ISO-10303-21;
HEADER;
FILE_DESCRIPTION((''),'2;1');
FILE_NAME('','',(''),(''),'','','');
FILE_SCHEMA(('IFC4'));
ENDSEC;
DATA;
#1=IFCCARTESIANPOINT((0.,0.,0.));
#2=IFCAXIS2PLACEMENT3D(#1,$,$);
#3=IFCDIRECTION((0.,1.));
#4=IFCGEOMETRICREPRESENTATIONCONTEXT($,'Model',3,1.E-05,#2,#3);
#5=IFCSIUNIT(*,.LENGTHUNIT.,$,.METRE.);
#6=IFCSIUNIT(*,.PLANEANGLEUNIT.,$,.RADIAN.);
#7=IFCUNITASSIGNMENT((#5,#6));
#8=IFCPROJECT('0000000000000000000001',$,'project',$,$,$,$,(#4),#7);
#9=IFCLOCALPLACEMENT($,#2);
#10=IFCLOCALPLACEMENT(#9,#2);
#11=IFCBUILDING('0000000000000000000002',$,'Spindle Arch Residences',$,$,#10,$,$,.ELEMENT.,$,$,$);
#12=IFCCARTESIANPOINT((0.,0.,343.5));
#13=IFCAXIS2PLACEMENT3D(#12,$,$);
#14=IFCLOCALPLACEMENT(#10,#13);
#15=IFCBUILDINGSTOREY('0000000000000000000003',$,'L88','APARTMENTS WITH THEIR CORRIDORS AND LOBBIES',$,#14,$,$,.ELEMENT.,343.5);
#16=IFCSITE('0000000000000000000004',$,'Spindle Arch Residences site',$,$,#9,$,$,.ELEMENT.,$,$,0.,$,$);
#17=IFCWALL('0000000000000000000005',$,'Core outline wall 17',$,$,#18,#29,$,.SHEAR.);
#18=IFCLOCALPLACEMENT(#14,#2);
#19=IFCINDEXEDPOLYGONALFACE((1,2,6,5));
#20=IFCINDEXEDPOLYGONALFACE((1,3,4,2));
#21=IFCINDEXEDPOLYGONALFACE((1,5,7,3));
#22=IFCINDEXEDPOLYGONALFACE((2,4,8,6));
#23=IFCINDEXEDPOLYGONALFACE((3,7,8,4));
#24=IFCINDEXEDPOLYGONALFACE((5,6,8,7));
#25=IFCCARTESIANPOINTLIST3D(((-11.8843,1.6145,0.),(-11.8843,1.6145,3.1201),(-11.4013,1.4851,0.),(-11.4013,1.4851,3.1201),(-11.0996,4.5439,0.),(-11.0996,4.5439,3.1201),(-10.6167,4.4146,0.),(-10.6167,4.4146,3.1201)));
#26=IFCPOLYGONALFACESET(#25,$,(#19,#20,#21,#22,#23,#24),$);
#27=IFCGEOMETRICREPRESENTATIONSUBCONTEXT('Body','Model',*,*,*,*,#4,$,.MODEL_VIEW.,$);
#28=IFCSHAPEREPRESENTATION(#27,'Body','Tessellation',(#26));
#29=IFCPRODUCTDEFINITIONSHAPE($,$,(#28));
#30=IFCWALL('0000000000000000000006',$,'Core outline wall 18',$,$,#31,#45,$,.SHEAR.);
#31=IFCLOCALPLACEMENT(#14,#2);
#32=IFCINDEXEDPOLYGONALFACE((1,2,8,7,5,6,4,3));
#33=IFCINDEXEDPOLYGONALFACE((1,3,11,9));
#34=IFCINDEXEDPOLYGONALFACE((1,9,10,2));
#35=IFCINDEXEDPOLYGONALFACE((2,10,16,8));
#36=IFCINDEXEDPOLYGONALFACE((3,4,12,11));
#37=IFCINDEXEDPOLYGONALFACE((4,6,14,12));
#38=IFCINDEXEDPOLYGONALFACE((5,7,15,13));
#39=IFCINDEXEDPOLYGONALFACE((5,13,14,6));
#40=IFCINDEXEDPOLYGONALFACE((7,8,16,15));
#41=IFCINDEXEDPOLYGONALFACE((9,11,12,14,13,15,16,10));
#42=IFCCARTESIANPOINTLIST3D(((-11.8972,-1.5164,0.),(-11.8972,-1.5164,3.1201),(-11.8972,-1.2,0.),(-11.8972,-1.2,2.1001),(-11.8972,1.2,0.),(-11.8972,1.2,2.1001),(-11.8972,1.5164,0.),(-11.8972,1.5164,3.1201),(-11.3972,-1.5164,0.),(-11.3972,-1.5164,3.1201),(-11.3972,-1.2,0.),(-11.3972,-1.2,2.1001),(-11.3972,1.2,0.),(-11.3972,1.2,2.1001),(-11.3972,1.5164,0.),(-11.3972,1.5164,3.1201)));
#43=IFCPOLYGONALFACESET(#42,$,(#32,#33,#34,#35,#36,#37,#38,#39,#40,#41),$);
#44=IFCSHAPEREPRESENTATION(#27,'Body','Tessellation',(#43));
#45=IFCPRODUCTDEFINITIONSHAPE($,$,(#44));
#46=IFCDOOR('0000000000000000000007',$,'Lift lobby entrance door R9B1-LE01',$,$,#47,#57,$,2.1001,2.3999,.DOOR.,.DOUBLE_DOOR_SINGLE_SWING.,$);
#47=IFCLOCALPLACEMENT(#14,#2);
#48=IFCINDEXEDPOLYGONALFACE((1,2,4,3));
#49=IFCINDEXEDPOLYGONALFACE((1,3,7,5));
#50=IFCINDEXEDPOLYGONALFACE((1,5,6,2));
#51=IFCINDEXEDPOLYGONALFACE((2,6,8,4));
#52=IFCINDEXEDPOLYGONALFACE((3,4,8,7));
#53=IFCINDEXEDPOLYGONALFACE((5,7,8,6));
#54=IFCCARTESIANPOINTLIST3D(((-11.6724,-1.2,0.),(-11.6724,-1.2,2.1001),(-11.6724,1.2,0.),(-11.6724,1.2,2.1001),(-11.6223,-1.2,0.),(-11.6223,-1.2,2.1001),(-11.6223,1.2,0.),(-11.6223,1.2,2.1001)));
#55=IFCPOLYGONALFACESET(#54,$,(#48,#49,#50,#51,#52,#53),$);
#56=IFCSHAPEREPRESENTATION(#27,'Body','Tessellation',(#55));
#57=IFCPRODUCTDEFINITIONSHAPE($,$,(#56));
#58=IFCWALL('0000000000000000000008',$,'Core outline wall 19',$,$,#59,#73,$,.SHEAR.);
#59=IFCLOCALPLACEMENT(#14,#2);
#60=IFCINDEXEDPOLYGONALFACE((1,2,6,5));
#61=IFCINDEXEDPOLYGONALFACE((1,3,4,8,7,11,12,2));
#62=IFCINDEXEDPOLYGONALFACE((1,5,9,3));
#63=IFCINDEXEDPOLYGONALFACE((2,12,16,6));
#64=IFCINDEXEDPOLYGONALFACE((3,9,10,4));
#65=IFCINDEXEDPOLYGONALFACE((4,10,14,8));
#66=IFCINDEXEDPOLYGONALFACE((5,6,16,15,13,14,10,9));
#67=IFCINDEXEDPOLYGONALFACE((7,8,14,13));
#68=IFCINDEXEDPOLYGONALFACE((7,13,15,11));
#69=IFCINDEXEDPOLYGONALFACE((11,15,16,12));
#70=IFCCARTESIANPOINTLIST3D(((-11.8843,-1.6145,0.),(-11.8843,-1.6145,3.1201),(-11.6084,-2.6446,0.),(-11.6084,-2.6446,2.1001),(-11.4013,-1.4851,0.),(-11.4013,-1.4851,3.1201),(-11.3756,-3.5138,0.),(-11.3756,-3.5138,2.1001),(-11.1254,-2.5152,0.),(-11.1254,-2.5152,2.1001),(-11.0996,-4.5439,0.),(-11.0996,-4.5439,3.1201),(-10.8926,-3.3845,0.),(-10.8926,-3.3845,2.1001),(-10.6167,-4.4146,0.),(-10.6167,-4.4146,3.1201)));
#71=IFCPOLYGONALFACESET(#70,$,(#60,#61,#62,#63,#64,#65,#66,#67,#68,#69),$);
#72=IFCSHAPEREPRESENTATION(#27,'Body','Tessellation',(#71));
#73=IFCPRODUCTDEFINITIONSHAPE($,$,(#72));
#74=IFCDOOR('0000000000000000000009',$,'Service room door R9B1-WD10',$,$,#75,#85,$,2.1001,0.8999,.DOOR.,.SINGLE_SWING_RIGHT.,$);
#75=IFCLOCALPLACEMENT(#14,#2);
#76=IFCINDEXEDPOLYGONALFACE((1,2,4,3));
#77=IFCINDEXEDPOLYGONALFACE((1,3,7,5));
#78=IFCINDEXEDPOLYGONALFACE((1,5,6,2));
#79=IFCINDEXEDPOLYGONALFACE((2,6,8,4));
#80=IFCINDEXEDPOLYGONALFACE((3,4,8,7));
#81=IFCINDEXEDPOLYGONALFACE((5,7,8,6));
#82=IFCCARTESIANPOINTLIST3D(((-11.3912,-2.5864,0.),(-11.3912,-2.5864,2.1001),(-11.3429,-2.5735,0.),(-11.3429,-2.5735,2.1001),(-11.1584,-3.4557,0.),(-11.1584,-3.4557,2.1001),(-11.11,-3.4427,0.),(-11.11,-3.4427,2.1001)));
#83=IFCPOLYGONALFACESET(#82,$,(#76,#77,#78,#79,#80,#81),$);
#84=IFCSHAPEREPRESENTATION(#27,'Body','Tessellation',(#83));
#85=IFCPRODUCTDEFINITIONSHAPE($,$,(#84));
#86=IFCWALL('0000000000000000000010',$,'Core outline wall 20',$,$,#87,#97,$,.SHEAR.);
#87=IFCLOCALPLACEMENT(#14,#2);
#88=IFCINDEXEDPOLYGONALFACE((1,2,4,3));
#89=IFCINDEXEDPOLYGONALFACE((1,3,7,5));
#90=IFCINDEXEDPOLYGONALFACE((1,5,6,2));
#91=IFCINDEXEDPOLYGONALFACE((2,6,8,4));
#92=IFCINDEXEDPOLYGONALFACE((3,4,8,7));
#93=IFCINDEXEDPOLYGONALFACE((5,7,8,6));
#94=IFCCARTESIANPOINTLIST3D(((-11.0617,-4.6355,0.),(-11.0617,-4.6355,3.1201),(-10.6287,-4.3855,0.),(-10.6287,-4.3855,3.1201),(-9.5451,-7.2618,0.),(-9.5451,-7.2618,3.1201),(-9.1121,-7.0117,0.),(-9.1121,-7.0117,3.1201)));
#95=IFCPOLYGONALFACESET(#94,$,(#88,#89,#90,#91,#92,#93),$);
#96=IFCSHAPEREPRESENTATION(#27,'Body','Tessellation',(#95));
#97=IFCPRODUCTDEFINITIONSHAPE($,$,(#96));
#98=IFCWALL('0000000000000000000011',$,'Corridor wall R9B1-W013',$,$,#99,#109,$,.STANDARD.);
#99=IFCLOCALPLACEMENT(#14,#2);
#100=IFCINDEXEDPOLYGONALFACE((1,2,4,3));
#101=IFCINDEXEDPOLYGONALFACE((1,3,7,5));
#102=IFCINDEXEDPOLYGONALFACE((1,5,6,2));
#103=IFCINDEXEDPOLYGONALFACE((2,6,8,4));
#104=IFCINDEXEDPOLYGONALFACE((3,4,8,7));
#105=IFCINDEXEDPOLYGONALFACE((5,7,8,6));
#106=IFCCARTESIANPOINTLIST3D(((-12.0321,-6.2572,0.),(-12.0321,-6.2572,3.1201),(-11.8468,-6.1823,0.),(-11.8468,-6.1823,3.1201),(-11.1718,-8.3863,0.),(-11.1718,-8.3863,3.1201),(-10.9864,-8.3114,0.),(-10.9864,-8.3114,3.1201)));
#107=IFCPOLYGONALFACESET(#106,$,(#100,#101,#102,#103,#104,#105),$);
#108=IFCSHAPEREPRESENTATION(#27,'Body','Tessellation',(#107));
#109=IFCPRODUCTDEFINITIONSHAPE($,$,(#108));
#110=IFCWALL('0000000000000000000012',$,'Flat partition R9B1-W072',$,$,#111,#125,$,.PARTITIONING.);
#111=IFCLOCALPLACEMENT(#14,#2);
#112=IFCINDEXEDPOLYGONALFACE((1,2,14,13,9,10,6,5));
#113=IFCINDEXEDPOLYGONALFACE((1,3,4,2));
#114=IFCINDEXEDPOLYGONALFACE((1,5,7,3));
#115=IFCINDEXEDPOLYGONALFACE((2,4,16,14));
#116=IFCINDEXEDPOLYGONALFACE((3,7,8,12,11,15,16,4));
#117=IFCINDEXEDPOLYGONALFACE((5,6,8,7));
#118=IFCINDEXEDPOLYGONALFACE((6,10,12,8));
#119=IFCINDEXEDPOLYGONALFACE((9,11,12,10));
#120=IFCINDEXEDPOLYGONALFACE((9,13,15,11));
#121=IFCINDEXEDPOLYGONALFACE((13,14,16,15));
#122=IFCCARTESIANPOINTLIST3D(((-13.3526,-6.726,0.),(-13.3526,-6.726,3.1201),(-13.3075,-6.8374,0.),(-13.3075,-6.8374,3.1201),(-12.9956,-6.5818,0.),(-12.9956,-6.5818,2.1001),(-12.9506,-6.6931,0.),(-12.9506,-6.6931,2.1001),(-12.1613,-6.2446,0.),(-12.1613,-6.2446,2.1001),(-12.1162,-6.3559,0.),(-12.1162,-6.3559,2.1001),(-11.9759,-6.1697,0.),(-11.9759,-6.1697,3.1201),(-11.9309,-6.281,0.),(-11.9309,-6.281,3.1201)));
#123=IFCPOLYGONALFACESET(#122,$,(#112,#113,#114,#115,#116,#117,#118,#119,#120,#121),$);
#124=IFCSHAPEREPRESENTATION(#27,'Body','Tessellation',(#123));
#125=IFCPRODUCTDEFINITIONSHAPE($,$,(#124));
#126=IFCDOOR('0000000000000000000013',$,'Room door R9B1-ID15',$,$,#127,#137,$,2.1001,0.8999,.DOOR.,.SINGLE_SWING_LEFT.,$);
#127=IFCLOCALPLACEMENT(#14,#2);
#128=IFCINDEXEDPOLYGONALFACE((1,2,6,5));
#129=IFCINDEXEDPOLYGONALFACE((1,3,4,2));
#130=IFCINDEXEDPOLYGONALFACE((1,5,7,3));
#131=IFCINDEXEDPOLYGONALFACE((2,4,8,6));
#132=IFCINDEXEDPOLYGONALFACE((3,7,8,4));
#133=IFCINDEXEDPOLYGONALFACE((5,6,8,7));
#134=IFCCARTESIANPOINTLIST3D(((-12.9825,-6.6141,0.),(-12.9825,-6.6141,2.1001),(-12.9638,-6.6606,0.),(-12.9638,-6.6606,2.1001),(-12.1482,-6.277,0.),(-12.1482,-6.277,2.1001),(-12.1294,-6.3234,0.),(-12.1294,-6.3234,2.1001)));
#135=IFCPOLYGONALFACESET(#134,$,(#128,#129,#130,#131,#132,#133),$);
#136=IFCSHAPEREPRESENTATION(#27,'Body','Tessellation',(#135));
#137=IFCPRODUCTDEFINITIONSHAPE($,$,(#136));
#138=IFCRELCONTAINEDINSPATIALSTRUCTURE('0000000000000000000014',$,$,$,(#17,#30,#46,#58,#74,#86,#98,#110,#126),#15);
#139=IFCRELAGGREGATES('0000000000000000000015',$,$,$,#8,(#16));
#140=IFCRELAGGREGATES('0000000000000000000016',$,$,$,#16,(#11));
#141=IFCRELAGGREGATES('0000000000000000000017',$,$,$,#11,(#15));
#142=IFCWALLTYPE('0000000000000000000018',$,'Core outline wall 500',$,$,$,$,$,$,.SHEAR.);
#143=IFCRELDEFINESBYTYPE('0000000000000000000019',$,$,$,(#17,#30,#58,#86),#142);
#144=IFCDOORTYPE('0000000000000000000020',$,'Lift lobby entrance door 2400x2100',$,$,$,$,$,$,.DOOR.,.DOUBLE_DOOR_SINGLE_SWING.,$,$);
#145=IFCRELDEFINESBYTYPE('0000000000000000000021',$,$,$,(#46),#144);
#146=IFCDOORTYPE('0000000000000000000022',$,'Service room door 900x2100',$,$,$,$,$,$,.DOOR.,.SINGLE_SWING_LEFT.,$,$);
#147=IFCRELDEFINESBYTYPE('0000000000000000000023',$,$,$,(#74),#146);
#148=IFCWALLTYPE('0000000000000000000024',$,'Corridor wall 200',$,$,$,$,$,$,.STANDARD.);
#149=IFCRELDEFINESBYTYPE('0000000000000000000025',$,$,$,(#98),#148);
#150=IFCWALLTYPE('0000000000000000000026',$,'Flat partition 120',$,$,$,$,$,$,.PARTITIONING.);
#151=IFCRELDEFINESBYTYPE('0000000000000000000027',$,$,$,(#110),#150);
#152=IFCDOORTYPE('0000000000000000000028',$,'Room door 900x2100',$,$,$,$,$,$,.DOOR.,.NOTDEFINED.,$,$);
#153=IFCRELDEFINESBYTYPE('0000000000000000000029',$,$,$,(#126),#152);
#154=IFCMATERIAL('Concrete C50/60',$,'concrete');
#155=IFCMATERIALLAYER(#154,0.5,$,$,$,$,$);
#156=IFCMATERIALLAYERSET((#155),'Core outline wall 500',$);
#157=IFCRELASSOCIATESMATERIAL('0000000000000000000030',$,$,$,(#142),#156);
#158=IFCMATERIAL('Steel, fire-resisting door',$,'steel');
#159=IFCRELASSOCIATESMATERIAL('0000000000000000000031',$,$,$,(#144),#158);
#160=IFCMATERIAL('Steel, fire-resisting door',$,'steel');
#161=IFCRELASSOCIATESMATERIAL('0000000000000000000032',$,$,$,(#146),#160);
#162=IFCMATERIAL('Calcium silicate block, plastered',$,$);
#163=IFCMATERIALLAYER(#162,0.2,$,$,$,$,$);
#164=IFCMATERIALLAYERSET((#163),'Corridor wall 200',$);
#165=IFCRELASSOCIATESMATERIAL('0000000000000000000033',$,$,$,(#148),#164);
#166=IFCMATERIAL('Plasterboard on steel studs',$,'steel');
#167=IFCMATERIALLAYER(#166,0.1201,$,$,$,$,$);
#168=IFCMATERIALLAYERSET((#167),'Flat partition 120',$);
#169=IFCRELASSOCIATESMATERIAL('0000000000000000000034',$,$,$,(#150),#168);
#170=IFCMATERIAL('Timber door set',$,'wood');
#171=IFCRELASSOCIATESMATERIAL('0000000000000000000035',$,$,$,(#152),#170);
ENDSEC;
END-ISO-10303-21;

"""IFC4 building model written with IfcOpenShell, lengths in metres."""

from ifc_helpers import new_model, si_unit, direction, frame, frame_2d, origin, place, context, subcontext, project, spatial, rectangle, extrude, material, layer, layer_set, type_object, element, fill, save


model = new_model("IFC4")

# Units and contexts
model_context = context("Model", 3, precision=1e-05, world=origin(), true_north=direction((0.0, 1.0)))
body_context = subcontext(model_context, "Body", "Model", "MODEL_VIEW")
ifc_project = project(units=[si_unit("LENGTHUNIT", "METRE"), si_unit("PLANEANGLEUNIT", "RADIAN")], contexts=[model_context])

# Site, building, storey
site_placement = place(None, origin())
site = spatial("IfcSite", under=ifc_project, at=site_placement, Name="Spindle Arch Residences site", CompositionType="ELEMENT", RefElevation=0.0)
building_placement = place(site_placement, origin())
building = spatial("IfcBuilding", under=site, at=building_placement, Name="Spindle Arch Residences", CompositionType="ELEMENT")
storey_placement = place(building_placement, frame((0.0, 0.0, 343.5)))
storey = spatial("IfcBuildingStorey", under=building, at=storey_placement, Name="L88", Description="APARTMENTS WITH THEIR CORRIDORS AND LOBBIES", CompositionType="ELEMENT", Elevation=343.5)

# Wall
ifc_material_1 = material(Name="Concrete C50/60", Category="concrete")
ifc_layer_1 = layer(ifc_material_1, 0.5)
ifc_layer_set_1 = layer_set([ifc_layer_1], Name="Core outline wall 500")
wall_type_1 = type_object("IfcWallType", Name="Core outline wall 500", PredefinedType="SHEAR", material=ifc_layer_set_1)
wall_1_placement = place(storey_placement, frame((-10.8582, 4.4792, 0.0), z_axis=(0.0, 0.0, 1.0), x_axis=(-0.258735, -0.965948, 0.0)))
element("IfcWall", 1, at=wall_1_placement, inside=storey, type_object=wall_type_1, Name="Core outline wall 17", PredefinedType="SHEAR", context=body_context, shape_type="SweptSolid", body=[
    extrude(rectangle(XDim=3.0327, YDim=0.5, at=frame_2d((1.5164, 0.0))), origin(), (0.0, 0.0, 1.0), 3.1201),
])

# Walls, openings, doors
wall_2_placement = place(storey_placement, frame((-11.6472, 1.5164, 0.0), z_axis=(0.0, 0.0, 1.0), x_axis=(0.0, -1.0, 0.0)))
wall_2 = element("IfcWall", 2, at=wall_2_placement, inside=storey, type_object=wall_type_1, Name="Core outline wall 18", PredefinedType="SHEAR", context=body_context, shape_type="SweptSolid", body=[
    extrude(rectangle(XDim=3.0327, YDim=0.5, at=frame_2d((1.5164, 0.0))), origin(), (0.0, 0.0, 1.0), 3.1201),
])
opening_1_placement = place(wall_2_placement, frame((0.3164, 0.0, 0.0)))
opening_1 = element("IfcOpeningElement", 3, at=opening_1_placement, cuts=wall_2, PredefinedType="OPENING", context=body_context, shape_type="SweptSolid", body=[
    extrude(rectangle(XDim=2.3999, YDim=2.1001, at=frame_2d((1.2, 1.05))), frame((0.0, 0.26, 0.0), z_axis=(0.0, -1.0, 0.0), x_axis=(1.0, 0.0, 0.0)), (0.0, 0.0, 1.0), 0.52),
])
ifc_material_2 = material(Name="Steel, fire-resisting door", Category="steel")
door_type_1 = type_object("IfcDoorType", Name="Lift lobby entrance door 2400x2100", OperationType="DOUBLE_DOOR_SINGLE_SWING", PredefinedType="DOOR", material=ifc_material_2)
door_1_placement = place(opening_1_placement, origin())
door_1 = element("IfcDoor", 4, at=door_1_placement, inside=storey, type_object=door_type_1, Name="Lift lobby entrance door R9B1-LE01", OperationType="DOUBLE_DOOR_SINGLE_SWING", OverallHeight=2.1001, OverallWidth=2.3999, PredefinedType="DOOR", context=body_context, shape_type="SweptSolid", body=[
    extrude(rectangle(XDim=2.3999, YDim=2.1001, at=frame_2d((1.2, 1.05))), frame((0.0, 0.0249, 0.0), z_axis=(0.0, -1.0, 0.0), x_axis=(1.0, 0.0, 0.0)), (0.0, 0.0, 1.0), 0.05),
])
fill(opening_1, door_1)
wall_3_placement = place(storey_placement, frame((-11.6428, -1.5498, 0.0), z_axis=(0.0, 0.0, 1.0), x_axis=(0.258735, -0.965948, 0.0)))
wall_3 = element("IfcWall", 5, at=wall_3_placement, inside=storey, type_object=wall_type_1, Name="Core outline wall 19", PredefinedType="SHEAR", context=body_context, shape_type="SweptSolid", body=[
    extrude(rectangle(XDim=3.0327, YDim=0.5, at=frame_2d((1.5164, 0.0))), origin(), (0.0, 0.0, 1.0), 3.1201),
])
opening_2_placement = place(wall_3_placement, frame((1.0664, 0.0, 0.0)))
opening_2 = element("IfcOpeningElement", 6, at=opening_2_placement, cuts=wall_3, PredefinedType="OPENING", context=body_context, shape_type="SweptSolid", body=[
    extrude(rectangle(XDim=0.8999, YDim=2.1001, at=frame_2d((0.45, 1.05))), frame((0.0, 0.26, 0.0), z_axis=(0.0, -1.0, 0.0), x_axis=(1.0, 0.0, 0.0)), (0.0, 0.0, 1.0), 0.52),
])
ifc_material_3 = material(Name="Steel, fire-resisting door", Category="steel")
door_type_2 = type_object("IfcDoorType", Name="Service room door 900x2100", OperationType="SINGLE_SWING_LEFT", PredefinedType="DOOR", material=ifc_material_3)
door_2_placement = place(opening_2_placement, origin())
door_2 = element("IfcDoor", 7, at=door_2_placement, inside=storey, type_object=door_type_2, Name="Service room door R9B1-WD10", OperationType="SINGLE_SWING_RIGHT", OverallHeight=2.1001, OverallWidth=0.8999, PredefinedType="DOOR", context=body_context, shape_type="SweptSolid", body=[
    extrude(rectangle(XDim=0.8999, YDim=2.1001, at=frame_2d((0.45, 1.05))), frame((0.0, 0.0249, 0.0), z_axis=(0.0, -1.0, 0.0), x_axis=(1.0, 0.0, 0.0)), (0.0, 0.0, 1.0), 0.05),
])
fill(opening_2, door_2)

# Walls
wall_4_placement = place(storey_placement, frame((-10.8452, -4.5105, 0.0), z_axis=(0.0, 0.0, 1.0), x_axis=(0.500087, -0.865975, 0.0)))
element("IfcWall", 8, at=wall_4_placement, inside=storey, type_object=wall_type_1, Name="Core outline wall 20", PredefinedType="SHEAR", context=body_context, shape_type="SweptSolid", body=[
    extrude(rectangle(XDim=3.0327, YDim=0.5, at=frame_2d((1.5164, 0.0))), origin(), (0.0, 0.0, 1.0), 3.1201),
])
ifc_material_4 = material(Name="Calcium silicate block, plastered")
ifc_layer_2 = layer(ifc_material_4, 0.2)
ifc_layer_set_2 = layer_set([ifc_layer_2], Name="Corridor wall 200")
wall_type_2 = type_object("IfcWallType", Name="Corridor wall 200", PredefinedType="STANDARD", material=ifc_layer_set_2)
wall_5_placement = place(storey_placement, frame((-11.9395, -6.2197, 0.0), z_axis=(0.0, 0.0, 1.0), x_axis=(0.374651, -0.927166, 0.0)))
element("IfcWall", 9, at=wall_5_placement, inside=storey, type_object=wall_type_2, Name="Corridor wall R9B1-W013", PredefinedType="STANDARD", context=body_context, shape_type="SweptSolid", body=[
    extrude(rectangle(XDim=2.2964, YDim=0.2, at=frame_2d((1.1482, 0.0))), origin(), (0.0, 0.0, 1.0), 3.1201),
])

# Wall, opening, door
ifc_material_5 = material(Name="Plasterboard on steel studs", Category="steel")
ifc_layer_3 = layer(ifc_material_5, 0.1201)
ifc_layer_set_3 = layer_set([ifc_layer_3], Name="Flat partition 120")
wall_type_3 = type_object("IfcWallType", Name="Flat partition 120", PredefinedType="PARTITIONING", material=ifc_layer_set_3)
wall_6_placement = place(storey_placement, frame((-11.9534, -6.2253, 0.0), z_axis=(0.0, 0.0, 1.0), x_axis=(-0.927144, -0.374705, 0.0)))
wall_6 = element("IfcWall", 10, at=wall_6_placement, inside=storey, type_object=wall_type_3, Name="Flat partition R9B1-W072", PredefinedType="PARTITIONING", context=body_context, shape_type="SweptSolid", body=[
    extrude(rectangle(XDim=1.4849, YDim=0.1201, at=frame_2d((0.7424, 0.0))), origin(), (0.0, 0.0, 1.0), 3.1201),
])
opening_3_placement = place(wall_6_placement, frame((0.2, 0.0, 0.0)))
opening_3 = element("IfcOpeningElement", 11, at=opening_3_placement, cuts=wall_6, PredefinedType="OPENING", context=body_context, shape_type="SweptSolid", body=[
    extrude(rectangle(XDim=0.8999, YDim=2.1001, at=frame_2d((0.45, 1.05))), frame((0.0, 0.0701, 0.0), z_axis=(0.0, -1.0, 0.0), x_axis=(1.0, 0.0, 0.0)), (0.0, 0.0, 1.0), 0.1401),
])
ifc_material_6 = material(Name="Timber door set", Category="wood")
door_type_3 = type_object("IfcDoorType", Name="Room door 900x2100", OperationType="NOTDEFINED", PredefinedType="DOOR", material=ifc_material_6)
door_3_placement = place(opening_3_placement, origin())
door_3 = element("IfcDoor", 12, at=door_3_placement, inside=storey, type_object=door_type_3, Name="Room door R9B1-ID15", OperationType="SINGLE_SWING_LEFT", OverallHeight=2.1001, OverallWidth=0.8999, PredefinedType="DOOR", context=body_context, shape_type="SweptSolid", body=[
    extrude(rectangle(XDim=0.8999, YDim=2.1001, at=frame_2d((0.45, 1.05))), frame((0.0, 0.0249, 0.0), z_axis=(0.0, -1.0, 0.0), x_axis=(1.0, 0.0, 0.0)), (0.0, 0.0, 1.0), 0.05),
])
fill(opening_3, door_3)

save(model, "model.ifc")
